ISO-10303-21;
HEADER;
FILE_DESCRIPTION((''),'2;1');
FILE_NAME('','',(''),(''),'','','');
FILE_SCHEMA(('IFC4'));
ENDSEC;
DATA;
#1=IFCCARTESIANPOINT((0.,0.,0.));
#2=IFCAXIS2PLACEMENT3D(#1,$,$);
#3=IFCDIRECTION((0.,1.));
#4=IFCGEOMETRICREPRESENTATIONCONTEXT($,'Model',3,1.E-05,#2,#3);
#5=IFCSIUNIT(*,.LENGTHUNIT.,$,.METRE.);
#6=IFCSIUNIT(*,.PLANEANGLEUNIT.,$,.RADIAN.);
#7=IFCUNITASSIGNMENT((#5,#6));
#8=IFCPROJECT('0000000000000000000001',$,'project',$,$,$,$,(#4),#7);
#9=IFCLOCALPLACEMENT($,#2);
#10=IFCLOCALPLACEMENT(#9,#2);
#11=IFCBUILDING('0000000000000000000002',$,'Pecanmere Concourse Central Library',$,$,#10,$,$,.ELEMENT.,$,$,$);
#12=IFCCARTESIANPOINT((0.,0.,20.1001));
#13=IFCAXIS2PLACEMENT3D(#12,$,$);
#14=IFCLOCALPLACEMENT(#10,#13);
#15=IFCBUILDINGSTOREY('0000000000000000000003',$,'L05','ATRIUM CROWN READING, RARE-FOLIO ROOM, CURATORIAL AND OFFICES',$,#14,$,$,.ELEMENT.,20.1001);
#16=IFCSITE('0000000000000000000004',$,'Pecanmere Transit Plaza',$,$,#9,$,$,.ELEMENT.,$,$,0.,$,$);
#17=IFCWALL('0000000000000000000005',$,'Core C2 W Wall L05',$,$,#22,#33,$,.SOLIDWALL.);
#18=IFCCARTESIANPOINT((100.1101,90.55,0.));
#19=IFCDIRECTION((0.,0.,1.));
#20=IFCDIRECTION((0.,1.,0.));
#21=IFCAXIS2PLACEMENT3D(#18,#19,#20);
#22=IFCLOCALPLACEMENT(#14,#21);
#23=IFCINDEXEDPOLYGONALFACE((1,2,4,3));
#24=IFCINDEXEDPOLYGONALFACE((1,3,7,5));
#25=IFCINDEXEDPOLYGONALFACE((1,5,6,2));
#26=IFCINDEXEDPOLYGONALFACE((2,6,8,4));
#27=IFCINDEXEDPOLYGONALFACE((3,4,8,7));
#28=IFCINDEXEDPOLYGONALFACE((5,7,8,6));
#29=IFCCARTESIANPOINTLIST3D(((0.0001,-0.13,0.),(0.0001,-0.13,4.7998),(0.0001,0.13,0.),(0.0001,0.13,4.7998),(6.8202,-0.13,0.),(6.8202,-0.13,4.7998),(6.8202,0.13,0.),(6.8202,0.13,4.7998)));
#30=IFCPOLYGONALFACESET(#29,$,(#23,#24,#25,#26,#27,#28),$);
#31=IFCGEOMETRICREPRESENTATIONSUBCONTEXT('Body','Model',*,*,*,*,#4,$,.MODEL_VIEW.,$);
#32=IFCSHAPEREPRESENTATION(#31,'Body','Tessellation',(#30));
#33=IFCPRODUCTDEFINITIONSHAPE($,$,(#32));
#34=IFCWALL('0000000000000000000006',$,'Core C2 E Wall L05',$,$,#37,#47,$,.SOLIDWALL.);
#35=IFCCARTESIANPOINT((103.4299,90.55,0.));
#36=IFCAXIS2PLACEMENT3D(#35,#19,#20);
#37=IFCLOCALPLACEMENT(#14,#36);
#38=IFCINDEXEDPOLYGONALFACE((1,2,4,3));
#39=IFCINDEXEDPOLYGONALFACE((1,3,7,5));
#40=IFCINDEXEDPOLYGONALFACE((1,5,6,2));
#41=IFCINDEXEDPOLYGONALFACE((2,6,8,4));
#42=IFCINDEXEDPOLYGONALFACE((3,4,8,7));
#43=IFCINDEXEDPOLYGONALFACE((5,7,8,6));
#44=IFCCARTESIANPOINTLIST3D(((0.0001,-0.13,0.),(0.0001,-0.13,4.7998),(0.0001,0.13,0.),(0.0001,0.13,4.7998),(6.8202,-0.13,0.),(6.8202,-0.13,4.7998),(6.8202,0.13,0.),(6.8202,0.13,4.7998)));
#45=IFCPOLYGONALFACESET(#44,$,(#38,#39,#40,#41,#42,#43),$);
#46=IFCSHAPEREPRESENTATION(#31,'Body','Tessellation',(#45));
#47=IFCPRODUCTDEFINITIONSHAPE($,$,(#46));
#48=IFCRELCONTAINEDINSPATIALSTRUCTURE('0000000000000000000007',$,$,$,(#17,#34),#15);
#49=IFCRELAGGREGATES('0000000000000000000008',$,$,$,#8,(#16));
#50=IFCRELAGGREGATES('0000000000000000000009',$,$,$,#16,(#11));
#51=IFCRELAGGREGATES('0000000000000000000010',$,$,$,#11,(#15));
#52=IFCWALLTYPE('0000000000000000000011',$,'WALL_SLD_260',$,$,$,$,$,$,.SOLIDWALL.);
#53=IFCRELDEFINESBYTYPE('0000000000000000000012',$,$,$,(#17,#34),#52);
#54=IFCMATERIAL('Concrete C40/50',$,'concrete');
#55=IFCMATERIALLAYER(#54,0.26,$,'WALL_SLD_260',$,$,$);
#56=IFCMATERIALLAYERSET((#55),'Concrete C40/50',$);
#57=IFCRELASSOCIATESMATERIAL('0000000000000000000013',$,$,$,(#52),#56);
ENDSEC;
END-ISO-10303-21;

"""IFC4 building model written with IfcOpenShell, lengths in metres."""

from ifc_helpers import new_model, si_unit, direction, frame, frame_2d, origin, place, context, subcontext, project, spatial, rectangle, extrude, material, layer, layer_set, type_object, element, save


model = new_model("IFC4")

# Units and contexts
model_context = context("Model", 3, precision=1e-05, world=origin(), true_north=direction((0.0, 1.0)))
body_context = subcontext(model_context, "Body", "Model", "MODEL_VIEW")
ifc_project = project(units=[si_unit("LENGTHUNIT", "METRE"), si_unit("PLANEANGLEUNIT", "RADIAN")], contexts=[model_context])

# Site, building, storey
site_placement = place(None, origin())
site = spatial("IfcSite", under=ifc_project, at=site_placement, Name="Pecanmere Transit Plaza", CompositionType="ELEMENT", RefElevation=0.0)
building_placement = place(site_placement, origin())
building = spatial("IfcBuilding", under=site, at=building_placement, Name="Pecanmere Concourse Central Library", CompositionType="ELEMENT")
storey_placement = place(building_placement, frame((0.0, 0.0, 20.1001)))
storey = spatial("IfcBuildingStorey", under=building, at=storey_placement, Name="L05", Description="ATRIUM CROWN READING, RARE-FOLIO ROOM, CURATORIAL AND OFFICES", CompositionType="ELEMENT", Elevation=20.1001)

# Shared definitions
ifc_material_1 = material(Name="Concrete C40/50", Category="concrete")
ifc_layer_1 = layer(ifc_material_1, 0.26, Name="WALL_SLD_260")
ifc_layer_set_1 = layer_set([ifc_layer_1], Name="Concrete C40/50")
wall_type = type_object("IfcWallType", Name="WALL_SLD_260", PredefinedType="SOLIDWALL", material=ifc_layer_set_1)

# Walls
for number, where, z_axis, x_axis, name in (
    (1, (100.1101, 90.55, 0.0), (0.0, 0.0, 1.0), (0.0, 1.0, 0.0), "Core C2 W Wall L05"),
    (2, (103.4299, 90.55, 0.0), (0.0, 0.0, 1.0), (0.0, 1.0, 0.0), "Core C2 E Wall L05"),
):
    element("IfcWall", number, at=place(storey_placement, frame(where, z_axis=z_axis, x_axis=x_axis)), inside=storey, type_object=wall_type, Name=name, PredefinedType="SOLIDWALL", context=body_context, shape_type="SweptSolid", body=[
        extrude(rectangle(XDim=6.8201, YDim=0.26, at=frame_2d((3.4102, 0.0))), origin(), (0.0, 0.0, 1.0), 4.7998),
    ])

save(model, "model.ifc")
